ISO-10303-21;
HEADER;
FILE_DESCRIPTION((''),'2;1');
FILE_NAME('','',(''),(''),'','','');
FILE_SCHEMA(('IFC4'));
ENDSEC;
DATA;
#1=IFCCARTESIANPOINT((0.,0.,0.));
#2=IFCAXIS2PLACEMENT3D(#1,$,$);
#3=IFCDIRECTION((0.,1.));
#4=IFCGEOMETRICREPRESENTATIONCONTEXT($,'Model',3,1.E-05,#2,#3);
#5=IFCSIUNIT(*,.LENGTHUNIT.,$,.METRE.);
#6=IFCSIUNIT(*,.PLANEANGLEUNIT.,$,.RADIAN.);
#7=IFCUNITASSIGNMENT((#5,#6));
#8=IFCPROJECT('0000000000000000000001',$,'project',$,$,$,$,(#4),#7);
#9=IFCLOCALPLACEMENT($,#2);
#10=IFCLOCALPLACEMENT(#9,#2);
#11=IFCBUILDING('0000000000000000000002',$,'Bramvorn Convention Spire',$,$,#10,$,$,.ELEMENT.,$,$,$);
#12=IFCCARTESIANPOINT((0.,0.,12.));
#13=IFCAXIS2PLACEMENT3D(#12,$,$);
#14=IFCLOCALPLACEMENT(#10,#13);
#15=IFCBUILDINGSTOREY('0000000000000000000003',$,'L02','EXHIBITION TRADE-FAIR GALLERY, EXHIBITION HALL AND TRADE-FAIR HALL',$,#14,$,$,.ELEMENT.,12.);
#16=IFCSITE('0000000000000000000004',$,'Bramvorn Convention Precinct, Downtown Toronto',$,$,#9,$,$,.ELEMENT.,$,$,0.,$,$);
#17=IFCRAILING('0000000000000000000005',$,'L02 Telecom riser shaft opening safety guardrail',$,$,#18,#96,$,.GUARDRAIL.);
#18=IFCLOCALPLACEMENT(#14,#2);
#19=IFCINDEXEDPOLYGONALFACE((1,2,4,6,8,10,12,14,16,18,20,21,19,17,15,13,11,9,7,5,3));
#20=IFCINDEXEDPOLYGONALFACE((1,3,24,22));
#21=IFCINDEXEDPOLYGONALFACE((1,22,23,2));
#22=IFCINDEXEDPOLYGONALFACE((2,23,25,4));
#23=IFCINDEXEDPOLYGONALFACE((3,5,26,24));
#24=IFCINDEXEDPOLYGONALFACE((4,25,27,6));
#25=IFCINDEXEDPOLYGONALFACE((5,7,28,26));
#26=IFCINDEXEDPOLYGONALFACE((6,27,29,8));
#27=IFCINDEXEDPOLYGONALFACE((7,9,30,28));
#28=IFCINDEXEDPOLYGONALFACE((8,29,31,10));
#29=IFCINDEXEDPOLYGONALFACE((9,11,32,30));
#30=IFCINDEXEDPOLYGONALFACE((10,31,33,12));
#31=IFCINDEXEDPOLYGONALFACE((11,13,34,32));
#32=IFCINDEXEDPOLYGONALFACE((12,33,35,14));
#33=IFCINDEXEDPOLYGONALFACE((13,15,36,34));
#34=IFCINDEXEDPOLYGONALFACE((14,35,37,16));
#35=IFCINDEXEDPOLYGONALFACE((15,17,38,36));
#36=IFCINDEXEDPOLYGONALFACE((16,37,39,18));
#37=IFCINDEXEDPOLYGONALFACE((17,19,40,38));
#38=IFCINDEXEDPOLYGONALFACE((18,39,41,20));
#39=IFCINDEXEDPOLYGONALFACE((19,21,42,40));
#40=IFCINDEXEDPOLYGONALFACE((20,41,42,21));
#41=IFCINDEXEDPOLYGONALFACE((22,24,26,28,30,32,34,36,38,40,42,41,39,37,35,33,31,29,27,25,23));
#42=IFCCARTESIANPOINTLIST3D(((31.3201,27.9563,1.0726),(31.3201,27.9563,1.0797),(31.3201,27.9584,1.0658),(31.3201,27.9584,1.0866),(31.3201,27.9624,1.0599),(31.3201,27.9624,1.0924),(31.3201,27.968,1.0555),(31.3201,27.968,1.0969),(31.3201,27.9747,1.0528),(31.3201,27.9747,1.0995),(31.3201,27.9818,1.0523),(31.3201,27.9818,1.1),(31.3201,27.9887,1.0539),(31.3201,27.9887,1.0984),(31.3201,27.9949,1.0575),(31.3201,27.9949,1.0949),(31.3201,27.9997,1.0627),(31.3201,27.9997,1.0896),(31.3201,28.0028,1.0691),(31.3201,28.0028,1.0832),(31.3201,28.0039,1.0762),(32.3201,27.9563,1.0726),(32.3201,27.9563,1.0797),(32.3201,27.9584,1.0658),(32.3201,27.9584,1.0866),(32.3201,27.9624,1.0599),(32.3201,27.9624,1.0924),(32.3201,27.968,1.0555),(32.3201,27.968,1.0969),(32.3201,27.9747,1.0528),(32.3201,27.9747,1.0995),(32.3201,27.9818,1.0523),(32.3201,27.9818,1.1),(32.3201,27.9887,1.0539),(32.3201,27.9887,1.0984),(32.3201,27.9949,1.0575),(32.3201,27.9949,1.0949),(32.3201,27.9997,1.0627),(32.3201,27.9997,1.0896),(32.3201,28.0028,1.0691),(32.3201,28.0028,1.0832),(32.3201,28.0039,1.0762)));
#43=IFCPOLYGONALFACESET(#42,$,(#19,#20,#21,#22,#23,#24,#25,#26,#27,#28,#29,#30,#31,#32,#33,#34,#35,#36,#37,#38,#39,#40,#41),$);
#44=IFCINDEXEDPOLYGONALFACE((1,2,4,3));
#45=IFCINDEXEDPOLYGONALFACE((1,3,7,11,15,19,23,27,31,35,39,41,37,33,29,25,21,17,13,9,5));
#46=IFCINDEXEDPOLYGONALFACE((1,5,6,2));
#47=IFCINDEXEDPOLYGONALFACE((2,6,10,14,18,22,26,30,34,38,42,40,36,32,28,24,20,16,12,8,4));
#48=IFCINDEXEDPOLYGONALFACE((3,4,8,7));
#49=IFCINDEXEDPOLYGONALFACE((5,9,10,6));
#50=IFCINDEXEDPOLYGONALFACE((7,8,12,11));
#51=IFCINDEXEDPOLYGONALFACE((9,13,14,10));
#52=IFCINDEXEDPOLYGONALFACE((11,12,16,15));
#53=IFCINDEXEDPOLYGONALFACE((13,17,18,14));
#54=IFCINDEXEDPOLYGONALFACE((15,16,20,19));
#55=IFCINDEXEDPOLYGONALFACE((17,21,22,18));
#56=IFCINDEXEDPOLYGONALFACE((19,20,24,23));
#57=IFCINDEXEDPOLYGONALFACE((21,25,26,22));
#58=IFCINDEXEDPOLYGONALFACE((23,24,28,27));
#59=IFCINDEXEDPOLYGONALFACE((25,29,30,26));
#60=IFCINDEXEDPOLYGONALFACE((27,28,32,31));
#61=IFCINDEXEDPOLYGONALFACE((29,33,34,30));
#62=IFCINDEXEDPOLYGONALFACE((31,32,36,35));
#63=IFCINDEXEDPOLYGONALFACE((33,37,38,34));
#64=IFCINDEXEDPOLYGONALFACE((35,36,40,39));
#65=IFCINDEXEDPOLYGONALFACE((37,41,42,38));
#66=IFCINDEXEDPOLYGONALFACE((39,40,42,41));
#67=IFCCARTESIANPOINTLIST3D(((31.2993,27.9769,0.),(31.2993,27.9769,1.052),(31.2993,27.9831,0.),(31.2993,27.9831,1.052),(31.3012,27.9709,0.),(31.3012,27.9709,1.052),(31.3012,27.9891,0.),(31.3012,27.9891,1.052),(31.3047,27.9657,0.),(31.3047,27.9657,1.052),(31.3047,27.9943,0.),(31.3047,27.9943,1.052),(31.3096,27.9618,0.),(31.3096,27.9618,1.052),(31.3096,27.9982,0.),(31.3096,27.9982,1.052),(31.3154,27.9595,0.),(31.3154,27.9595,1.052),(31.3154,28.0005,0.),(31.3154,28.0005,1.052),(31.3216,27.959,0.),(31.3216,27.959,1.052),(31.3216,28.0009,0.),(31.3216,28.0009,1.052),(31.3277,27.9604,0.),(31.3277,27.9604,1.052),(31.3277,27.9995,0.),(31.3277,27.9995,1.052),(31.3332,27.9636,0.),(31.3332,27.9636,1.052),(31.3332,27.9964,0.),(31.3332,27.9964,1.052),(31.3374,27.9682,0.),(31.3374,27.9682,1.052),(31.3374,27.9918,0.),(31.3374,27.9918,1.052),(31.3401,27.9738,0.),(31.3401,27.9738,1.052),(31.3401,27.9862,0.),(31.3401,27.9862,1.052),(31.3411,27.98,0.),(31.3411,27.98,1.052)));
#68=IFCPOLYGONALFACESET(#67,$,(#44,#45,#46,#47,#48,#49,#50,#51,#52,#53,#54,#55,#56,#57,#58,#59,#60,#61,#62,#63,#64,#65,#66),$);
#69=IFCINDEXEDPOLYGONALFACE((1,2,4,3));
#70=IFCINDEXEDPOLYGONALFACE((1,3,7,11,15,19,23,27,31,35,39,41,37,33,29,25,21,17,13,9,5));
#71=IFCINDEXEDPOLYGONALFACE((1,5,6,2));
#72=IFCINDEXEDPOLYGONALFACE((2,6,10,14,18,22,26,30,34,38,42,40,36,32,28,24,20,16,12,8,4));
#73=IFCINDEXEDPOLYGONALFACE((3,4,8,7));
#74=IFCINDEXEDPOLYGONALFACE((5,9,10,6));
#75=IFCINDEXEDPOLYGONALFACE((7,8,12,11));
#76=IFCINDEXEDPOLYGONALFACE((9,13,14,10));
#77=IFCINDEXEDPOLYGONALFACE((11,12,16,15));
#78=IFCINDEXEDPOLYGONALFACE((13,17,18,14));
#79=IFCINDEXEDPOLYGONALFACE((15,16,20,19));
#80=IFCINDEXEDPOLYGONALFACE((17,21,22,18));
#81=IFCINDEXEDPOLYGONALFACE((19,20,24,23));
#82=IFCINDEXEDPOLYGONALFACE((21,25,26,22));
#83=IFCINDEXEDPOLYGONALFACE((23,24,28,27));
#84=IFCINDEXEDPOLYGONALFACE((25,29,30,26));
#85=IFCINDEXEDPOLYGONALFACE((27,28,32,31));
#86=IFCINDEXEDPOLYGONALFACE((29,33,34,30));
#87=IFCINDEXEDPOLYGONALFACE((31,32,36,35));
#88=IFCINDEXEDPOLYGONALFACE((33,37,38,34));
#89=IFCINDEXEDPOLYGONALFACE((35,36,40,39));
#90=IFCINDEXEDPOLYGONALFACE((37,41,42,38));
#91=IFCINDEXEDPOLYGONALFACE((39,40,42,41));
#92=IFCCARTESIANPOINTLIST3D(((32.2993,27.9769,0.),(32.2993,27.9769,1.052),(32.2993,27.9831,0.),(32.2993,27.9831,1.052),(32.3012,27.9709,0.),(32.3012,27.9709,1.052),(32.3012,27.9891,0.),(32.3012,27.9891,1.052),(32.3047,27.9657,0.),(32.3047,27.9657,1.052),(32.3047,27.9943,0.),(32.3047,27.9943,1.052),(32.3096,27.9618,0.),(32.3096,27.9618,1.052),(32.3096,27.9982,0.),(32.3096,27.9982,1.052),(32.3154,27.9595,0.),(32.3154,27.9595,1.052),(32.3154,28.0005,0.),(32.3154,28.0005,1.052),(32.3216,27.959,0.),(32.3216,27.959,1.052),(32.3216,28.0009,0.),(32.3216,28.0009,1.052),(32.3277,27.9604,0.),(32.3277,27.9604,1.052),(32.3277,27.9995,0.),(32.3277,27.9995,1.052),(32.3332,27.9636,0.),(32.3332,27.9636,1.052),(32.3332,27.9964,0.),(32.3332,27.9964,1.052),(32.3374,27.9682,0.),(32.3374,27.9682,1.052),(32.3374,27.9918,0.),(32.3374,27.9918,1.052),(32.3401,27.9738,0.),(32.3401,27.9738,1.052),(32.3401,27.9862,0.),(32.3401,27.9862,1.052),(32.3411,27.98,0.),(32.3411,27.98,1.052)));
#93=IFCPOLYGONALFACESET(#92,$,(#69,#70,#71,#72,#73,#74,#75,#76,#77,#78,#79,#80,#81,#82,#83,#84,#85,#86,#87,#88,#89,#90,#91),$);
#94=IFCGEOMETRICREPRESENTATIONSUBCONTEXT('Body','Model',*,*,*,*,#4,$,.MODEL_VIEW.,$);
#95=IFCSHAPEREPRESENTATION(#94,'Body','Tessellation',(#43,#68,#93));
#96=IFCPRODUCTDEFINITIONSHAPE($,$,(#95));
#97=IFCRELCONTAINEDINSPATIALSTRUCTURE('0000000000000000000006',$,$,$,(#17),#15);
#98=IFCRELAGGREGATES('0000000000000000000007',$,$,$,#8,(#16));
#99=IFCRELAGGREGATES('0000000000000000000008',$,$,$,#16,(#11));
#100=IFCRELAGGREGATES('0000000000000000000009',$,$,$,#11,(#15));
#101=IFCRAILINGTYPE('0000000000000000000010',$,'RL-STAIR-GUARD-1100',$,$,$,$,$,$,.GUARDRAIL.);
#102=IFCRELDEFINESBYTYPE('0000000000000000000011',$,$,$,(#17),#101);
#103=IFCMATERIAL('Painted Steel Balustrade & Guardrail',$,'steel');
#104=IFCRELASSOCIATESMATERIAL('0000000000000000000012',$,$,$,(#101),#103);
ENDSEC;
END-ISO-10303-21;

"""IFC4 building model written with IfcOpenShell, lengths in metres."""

from ifc_helpers import new_model, si_unit, direction, frame, origin, origin_2d, place, context, subcontext, project, spatial, circle, extrude, material, type_object, element, save


model = new_model("IFC4")

# Units and contexts
model_context = context("Model", 3, precision=1e-05, world=origin(), true_north=direction((0.0, 1.0)))
body_context = subcontext(model_context, "Body", "Model", "MODEL_VIEW")
ifc_project = project(units=[si_unit("LENGTHUNIT", "METRE"), si_unit("PLANEANGLEUNIT", "RADIAN")], contexts=[model_context])

# Site, building, storey
site_placement = place(None, origin())
site = spatial("IfcSite", under=ifc_project, at=site_placement, Name="Bramvorn Convention Precinct, Downtown Toronto", CompositionType="ELEMENT", RefElevation=0.0)
building_placement = place(site_placement, origin())
building = spatial("IfcBuilding", under=site, at=building_placement, Name="Bramvorn Convention Spire", CompositionType="ELEMENT")
storey_placement = place(building_placement, frame((0.0, 0.0, 12.0)))
storey = spatial("IfcBuildingStorey", under=building, at=storey_placement, Name="L02", Description="EXHIBITION TRADE-FAIR GALLERY, EXHIBITION HALL AND TRADE-FAIR HALL", CompositionType="ELEMENT", Elevation=12.0)

# Railing
ifc_material_1 = material(Name="Painted Steel Balustrade & Guardrail", Category="steel")
railing_type = type_object("IfcRailingType", Name="RL-STAIR-GUARD-1100", PredefinedType="GUARDRAIL", material=ifc_material_1)
railing_1_placement = place(storey_placement, frame((31.3201, 27.98, 0.0)))
element("IfcRailing", 1, at=railing_1_placement, inside=storey, type_object=railing_type, Name="L02 Telecom riser shaft opening safety guardrail", PredefinedType="GUARDRAIL", context=body_context, shape_type="SweptSolid", body=[
    extrude(circle(Radius=0.0239, at=origin_2d()), frame((0.0, 0.0, 1.0762), z_axis=(1.0, 0.0, 0.0), x_axis=(0.0, 1.0, 0.0)), (0.0, 0.0, 1.0), 1.0),
    extrude(circle(Radius=0.021, at=origin_2d()), origin(), (0.0, 0.0, 1.0), 1.052),
    extrude(circle(Radius=0.021, at=origin_2d()), frame((1.0, 0.0, 0.0)), (0.0, 0.0, 1.0), 1.052),
])

save(model, "model.ifc")
